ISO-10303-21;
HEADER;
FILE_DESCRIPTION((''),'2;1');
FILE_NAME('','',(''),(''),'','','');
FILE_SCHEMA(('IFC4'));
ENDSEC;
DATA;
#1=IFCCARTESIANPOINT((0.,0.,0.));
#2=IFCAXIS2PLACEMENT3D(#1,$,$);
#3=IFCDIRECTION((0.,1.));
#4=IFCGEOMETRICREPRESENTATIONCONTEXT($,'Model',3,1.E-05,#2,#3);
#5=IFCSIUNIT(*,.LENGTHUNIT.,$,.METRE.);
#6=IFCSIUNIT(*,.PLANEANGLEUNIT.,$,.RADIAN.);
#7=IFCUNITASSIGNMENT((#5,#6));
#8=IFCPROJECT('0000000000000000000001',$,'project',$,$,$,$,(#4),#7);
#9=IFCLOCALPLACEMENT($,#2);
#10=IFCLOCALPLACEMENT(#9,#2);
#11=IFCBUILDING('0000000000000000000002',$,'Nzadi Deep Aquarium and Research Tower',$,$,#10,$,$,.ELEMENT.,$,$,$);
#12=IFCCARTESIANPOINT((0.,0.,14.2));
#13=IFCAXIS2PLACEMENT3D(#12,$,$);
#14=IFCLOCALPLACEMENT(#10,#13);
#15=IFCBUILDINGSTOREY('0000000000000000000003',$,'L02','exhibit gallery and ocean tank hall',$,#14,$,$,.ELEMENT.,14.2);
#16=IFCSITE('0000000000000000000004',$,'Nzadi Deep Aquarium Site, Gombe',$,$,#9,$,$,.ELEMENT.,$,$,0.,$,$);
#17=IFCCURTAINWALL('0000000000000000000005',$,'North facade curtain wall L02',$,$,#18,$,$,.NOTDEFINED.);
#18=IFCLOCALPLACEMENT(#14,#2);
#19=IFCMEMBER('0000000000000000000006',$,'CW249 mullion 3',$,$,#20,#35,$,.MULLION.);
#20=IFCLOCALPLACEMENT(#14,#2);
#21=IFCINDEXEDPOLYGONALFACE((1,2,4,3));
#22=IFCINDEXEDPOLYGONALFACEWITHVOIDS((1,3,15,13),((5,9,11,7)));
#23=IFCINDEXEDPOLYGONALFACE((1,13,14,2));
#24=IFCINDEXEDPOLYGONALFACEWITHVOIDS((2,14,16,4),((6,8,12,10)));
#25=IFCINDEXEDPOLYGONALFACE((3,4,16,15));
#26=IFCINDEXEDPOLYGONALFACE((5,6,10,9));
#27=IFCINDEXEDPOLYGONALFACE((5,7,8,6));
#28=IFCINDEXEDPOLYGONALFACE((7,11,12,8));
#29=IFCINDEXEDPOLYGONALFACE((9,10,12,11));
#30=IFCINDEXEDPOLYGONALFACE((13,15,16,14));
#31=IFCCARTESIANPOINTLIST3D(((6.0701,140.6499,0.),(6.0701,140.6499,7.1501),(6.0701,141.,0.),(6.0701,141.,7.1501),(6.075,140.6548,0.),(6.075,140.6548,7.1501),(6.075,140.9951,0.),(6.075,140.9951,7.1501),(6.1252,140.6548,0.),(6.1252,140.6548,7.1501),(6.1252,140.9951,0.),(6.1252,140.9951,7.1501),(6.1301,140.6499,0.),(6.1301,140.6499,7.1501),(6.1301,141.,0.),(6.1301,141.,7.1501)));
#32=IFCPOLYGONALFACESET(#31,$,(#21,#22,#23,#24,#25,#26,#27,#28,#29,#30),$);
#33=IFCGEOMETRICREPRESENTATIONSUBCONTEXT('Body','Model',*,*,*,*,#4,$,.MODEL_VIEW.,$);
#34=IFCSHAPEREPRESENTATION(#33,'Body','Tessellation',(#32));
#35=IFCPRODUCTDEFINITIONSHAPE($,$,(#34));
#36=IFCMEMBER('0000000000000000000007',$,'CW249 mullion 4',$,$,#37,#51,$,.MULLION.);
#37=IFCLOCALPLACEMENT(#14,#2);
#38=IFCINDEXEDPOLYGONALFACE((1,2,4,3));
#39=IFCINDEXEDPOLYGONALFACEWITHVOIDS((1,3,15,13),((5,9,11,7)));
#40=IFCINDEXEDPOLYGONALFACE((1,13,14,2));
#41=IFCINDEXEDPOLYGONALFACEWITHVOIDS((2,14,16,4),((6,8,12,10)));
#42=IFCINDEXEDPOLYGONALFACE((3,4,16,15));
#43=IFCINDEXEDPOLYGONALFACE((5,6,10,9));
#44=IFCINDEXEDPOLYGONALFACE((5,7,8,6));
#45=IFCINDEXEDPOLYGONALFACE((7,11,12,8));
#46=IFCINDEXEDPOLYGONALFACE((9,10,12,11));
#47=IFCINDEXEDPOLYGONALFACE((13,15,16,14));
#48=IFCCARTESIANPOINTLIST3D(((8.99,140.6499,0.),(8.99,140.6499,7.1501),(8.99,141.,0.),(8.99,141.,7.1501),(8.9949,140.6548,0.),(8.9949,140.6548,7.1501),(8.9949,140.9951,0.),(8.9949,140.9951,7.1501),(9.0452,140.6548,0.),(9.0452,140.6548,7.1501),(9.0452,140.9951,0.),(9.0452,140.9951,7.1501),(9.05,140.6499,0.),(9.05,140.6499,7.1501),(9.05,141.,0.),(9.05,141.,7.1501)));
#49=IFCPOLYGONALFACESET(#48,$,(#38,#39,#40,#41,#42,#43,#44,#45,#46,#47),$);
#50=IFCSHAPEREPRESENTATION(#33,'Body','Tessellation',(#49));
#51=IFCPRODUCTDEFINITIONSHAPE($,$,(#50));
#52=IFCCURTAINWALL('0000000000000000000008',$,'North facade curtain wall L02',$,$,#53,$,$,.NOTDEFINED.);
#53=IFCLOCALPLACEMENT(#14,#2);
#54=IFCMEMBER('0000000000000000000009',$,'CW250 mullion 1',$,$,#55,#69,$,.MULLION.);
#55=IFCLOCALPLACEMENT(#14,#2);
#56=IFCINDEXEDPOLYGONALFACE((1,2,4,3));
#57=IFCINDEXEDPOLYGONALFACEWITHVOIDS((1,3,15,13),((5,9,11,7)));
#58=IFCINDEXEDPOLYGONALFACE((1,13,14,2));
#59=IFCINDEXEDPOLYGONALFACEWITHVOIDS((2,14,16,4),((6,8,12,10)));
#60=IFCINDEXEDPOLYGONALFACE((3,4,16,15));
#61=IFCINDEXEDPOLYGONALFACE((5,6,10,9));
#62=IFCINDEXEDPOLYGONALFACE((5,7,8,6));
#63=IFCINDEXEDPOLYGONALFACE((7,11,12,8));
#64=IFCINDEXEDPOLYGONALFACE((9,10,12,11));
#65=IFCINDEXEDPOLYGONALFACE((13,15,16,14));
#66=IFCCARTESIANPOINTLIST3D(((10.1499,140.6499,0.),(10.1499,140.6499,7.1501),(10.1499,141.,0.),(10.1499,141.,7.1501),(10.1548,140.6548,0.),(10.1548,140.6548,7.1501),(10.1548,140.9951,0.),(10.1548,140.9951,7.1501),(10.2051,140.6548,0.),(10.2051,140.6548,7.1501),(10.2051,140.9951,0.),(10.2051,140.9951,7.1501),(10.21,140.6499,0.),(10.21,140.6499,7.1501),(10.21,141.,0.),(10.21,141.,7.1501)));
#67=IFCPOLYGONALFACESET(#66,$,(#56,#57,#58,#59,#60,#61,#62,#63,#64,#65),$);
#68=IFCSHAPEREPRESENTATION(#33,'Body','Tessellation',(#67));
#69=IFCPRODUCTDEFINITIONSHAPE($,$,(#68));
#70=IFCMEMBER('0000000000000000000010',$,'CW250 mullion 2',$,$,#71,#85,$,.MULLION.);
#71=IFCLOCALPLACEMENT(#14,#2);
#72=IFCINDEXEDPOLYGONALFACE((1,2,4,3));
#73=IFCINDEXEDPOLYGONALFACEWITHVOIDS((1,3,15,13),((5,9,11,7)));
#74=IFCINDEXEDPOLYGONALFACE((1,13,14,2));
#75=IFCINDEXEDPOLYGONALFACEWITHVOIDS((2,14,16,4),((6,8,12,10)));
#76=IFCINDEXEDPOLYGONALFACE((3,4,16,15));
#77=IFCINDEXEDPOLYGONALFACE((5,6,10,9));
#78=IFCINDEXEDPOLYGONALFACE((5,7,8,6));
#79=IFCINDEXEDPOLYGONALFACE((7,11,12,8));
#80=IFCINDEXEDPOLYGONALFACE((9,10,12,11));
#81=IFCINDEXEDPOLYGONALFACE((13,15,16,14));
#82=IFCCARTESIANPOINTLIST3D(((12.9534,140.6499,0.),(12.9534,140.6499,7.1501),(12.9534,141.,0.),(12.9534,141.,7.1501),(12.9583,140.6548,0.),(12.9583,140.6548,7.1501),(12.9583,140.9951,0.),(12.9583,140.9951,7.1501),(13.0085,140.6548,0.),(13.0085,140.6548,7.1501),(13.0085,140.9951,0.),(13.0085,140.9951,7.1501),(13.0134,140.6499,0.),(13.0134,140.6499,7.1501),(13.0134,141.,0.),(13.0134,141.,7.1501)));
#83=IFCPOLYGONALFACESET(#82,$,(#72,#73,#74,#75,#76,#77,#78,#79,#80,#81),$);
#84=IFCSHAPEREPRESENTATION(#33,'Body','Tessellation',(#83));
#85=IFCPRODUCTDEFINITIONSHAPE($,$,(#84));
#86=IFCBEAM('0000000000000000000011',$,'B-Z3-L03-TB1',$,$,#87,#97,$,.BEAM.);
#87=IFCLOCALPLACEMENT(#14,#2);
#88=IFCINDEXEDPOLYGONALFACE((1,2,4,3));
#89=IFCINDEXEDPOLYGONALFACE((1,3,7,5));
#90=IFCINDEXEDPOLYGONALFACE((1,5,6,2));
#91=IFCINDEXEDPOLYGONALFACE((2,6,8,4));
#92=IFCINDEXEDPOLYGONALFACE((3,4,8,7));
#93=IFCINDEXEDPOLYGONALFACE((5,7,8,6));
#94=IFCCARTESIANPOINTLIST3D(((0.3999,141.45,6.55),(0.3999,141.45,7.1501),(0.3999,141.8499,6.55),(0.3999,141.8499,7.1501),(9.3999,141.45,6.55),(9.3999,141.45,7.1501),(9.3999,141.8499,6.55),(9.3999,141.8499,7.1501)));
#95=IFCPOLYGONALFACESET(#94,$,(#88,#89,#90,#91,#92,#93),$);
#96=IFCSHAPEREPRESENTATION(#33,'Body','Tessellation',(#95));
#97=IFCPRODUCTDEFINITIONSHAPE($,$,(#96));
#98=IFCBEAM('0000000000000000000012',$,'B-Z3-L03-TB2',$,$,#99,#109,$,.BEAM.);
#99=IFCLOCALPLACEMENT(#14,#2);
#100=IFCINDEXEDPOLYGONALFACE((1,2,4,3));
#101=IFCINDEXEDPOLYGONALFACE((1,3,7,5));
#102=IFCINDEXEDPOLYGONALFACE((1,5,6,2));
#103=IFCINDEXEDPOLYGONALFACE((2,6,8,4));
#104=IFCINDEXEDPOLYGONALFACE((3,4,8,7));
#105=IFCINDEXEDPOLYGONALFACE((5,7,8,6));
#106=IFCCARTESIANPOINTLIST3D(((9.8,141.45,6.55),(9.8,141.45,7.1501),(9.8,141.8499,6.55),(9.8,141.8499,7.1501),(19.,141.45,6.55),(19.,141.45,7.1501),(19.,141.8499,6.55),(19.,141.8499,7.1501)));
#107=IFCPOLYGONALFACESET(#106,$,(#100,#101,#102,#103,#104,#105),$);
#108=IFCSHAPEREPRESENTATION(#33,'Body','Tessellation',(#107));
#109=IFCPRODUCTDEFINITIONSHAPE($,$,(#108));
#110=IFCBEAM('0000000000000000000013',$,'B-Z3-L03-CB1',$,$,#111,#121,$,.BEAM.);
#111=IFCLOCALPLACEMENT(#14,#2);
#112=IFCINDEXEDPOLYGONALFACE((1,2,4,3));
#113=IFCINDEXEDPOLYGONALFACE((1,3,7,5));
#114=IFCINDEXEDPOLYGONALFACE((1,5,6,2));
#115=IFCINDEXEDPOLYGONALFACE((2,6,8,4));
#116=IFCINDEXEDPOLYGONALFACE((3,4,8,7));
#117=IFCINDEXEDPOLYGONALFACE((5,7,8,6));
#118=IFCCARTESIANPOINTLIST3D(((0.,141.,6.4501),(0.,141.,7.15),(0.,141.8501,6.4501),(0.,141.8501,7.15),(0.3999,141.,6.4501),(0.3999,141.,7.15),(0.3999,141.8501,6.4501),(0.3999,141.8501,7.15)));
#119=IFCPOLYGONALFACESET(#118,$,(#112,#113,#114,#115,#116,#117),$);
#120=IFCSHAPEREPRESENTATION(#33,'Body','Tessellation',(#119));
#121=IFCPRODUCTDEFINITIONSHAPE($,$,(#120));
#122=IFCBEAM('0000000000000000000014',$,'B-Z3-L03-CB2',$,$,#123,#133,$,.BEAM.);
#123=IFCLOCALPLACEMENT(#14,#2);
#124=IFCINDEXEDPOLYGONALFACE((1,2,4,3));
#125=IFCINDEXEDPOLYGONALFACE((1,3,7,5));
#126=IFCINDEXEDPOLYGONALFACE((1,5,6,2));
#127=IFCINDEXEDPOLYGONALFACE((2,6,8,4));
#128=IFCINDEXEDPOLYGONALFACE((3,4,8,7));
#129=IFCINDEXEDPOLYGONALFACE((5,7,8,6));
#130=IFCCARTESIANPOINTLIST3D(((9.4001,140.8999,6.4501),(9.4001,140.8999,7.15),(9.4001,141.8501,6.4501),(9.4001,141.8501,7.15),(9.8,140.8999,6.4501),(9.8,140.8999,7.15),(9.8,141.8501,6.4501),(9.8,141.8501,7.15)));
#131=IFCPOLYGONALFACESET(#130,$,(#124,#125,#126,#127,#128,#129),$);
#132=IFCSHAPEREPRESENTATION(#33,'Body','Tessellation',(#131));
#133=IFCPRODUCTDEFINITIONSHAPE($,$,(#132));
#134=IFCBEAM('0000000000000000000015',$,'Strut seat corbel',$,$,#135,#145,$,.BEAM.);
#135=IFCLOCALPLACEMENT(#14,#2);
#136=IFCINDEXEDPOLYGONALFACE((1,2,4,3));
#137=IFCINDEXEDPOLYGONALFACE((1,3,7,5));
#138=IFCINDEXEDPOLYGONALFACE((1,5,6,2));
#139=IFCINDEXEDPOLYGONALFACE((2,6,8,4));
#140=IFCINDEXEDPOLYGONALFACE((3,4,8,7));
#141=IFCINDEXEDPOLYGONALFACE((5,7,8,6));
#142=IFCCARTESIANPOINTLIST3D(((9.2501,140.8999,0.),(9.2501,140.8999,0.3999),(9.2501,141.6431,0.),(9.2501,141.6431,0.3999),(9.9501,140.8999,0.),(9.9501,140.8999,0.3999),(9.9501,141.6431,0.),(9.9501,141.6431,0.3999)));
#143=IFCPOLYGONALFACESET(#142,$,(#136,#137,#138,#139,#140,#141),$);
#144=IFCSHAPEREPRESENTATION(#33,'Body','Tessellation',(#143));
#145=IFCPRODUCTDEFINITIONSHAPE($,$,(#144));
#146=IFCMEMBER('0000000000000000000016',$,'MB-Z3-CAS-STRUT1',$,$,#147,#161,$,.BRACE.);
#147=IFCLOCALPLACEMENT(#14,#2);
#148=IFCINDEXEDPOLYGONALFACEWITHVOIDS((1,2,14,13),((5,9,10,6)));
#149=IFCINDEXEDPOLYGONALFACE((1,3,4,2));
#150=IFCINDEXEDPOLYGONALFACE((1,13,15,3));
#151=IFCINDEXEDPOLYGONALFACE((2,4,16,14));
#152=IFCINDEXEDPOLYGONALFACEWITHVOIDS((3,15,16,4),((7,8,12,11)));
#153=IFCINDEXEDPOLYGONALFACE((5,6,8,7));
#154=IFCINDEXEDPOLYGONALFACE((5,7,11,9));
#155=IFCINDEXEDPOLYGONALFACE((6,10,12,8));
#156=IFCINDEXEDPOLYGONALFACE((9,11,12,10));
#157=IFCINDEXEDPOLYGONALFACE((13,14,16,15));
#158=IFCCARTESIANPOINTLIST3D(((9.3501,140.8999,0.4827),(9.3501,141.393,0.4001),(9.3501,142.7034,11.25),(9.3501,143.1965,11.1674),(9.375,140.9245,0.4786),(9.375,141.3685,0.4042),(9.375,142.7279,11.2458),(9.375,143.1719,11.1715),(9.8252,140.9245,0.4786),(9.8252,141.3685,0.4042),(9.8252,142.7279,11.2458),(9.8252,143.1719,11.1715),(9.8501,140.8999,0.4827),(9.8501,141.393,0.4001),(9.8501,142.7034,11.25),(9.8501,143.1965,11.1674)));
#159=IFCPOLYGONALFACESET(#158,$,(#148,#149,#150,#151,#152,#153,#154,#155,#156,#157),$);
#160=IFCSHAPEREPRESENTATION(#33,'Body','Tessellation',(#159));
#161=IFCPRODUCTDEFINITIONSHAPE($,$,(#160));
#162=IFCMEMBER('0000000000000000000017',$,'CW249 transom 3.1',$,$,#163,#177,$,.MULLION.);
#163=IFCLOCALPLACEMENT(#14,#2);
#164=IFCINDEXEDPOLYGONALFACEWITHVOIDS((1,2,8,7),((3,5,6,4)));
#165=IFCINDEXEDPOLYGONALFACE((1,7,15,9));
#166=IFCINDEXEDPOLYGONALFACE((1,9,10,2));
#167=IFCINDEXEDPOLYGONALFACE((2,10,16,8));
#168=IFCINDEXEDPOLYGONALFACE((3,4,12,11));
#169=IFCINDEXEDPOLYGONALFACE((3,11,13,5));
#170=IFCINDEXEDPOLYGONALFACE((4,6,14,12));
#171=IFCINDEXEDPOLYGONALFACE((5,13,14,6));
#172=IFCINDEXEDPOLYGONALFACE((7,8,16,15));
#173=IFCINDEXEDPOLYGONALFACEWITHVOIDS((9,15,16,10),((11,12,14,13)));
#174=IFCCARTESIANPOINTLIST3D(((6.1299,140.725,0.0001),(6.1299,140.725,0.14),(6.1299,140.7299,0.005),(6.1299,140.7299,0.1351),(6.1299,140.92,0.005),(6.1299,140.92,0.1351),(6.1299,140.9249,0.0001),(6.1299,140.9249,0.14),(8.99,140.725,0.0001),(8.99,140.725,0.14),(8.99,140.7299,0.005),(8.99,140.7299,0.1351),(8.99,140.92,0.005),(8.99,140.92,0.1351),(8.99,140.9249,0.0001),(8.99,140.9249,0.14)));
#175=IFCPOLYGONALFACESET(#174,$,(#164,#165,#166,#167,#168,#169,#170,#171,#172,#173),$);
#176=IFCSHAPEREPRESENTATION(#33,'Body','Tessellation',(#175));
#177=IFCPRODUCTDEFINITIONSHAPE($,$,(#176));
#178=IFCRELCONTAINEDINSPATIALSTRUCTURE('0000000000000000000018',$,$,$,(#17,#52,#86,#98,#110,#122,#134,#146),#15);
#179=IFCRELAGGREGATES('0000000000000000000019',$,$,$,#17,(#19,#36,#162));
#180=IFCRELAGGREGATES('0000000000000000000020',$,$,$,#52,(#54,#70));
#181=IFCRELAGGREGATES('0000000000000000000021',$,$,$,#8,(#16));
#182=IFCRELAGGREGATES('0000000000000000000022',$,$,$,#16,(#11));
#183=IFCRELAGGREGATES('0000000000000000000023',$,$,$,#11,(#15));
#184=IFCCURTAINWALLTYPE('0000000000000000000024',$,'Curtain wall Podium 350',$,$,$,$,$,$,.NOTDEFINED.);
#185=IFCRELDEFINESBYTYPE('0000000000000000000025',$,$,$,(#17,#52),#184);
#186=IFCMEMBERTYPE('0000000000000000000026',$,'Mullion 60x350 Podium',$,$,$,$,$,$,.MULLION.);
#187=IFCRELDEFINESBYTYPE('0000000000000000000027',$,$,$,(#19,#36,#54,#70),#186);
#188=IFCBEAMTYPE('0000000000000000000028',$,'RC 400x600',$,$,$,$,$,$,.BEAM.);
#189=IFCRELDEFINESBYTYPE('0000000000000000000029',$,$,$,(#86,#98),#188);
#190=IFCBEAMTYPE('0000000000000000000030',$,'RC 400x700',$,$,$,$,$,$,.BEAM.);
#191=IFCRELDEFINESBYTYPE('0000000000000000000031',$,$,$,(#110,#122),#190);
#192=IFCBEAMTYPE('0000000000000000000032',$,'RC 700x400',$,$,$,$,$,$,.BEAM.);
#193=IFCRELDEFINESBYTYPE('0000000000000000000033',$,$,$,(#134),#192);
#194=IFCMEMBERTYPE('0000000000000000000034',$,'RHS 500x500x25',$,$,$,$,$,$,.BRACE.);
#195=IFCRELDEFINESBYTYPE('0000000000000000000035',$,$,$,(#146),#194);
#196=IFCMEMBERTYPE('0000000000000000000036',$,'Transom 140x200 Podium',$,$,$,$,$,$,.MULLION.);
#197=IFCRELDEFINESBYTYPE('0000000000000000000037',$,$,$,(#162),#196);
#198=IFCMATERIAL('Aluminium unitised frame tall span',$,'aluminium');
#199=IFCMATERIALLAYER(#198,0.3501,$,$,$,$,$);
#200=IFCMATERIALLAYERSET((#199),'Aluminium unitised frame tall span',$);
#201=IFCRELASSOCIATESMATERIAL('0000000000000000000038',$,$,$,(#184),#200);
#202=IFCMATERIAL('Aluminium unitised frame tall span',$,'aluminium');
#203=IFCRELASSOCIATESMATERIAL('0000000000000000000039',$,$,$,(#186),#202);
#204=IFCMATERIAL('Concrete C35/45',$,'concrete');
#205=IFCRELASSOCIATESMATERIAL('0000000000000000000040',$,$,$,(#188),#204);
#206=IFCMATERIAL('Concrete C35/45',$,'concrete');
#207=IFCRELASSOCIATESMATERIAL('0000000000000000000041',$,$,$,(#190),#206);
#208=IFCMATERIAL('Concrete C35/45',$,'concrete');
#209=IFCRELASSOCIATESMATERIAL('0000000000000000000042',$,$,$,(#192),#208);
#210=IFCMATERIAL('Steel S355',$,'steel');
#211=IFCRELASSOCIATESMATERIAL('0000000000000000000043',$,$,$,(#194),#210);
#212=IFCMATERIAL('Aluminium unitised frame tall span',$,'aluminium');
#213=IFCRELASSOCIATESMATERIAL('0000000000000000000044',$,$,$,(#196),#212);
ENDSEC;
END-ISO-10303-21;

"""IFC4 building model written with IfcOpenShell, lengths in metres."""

from ifc_helpers import new_model, si_unit, direction, frame, origin, origin_2d, place, context, subcontext, project, spatial, rectangle, hollow_rectangle, extrude, material, layer, layer_set, material_profile, profile_set, type_object, element, aggregate, save


model = new_model("IFC4")

# Units and contexts
model_context = context("Model", 3, precision=1e-05, world=origin(), true_north=direction((0.0, 1.0)))
body_context = subcontext(model_context, "Body", "Model", "MODEL_VIEW")
ifc_project = project(units=[si_unit("LENGTHUNIT", "METRE"), si_unit("PLANEANGLEUNIT", "RADIAN")], contexts=[model_context])

# Site, building, storey
site_placement = place(None, origin())
site = spatial("IfcSite", under=ifc_project, at=site_placement, Name="Nzadi Deep Aquarium Site, Gombe", CompositionType="ELEMENT", RefElevation=0.0)
building_placement = place(site_placement, origin())
building = spatial("IfcBuilding", under=site, at=building_placement, Name="Nzadi Deep Aquarium and Research Tower", CompositionType="ELEMENT")
storey_placement = place(building_placement, frame((0.0, 0.0, 14.2)))
storey = spatial("IfcBuildingStorey", under=building, at=storey_placement, Name="L02", Description="exhibit gallery and ocean tank hall", CompositionType="ELEMENT", Elevation=14.2)

# Curtain walls, members
ifc_material_1 = material(Name="Aluminium unitised frame tall span", Category="aluminium")
ifc_layer_1 = layer(ifc_material_1, 0.3501)
ifc_layer_set_1 = layer_set([ifc_layer_1], Name="Aluminium unitised frame tall span")
curtain_wall_type = type_object("IfcCurtainWallType", Name="Curtain wall Podium 350", PredefinedType="NOTDEFINED", material=ifc_layer_set_1)
curtain_wall_1_placement = place(storey_placement, origin())
curtain_wall_1 = element("IfcCurtainWall", 1, at=curtain_wall_1_placement, inside=storey, type_object=curtain_wall_type, Name="North facade curtain wall L02", PredefinedType="NOTDEFINED")
ifc_material_2 = material(Name="Aluminium unitised frame tall span", Category="aluminium")
ifc_material_profile_1 = material_profile(ifc_material_2, hollow_rectangle(XDim=0.3501, YDim=0.0601, WallThickness=0.0049, at=origin_2d()))
ifc_profile_set_1 = profile_set([ifc_material_profile_1], Name="Aluminium unitised frame tall span")
member_type_1 = type_object("IfcMemberType", Name="Mullion 60x350 Podium", PredefinedType="MULLION", material=ifc_profile_set_1)
member_1_placement = place(storey_placement, frame((6.1001, 140.825, 0.0), z_axis=(0.0, 0.0, 1.0), x_axis=(0.0, 1.0, 0.0)))
member_1 = element("IfcMember", 2, at=member_1_placement, type_object=member_type_1, Name="CW249 mullion 3", PredefinedType="MULLION", context=body_context, shape_type="SweptSolid", body=[
    extrude(hollow_rectangle(XDim=0.3501, YDim=0.0601, WallThickness=0.0049, at=origin_2d()), origin(), (0.0, 0.0, 1.0), 7.1501),
])
member_2_placement = place(storey_placement, frame((9.02, 140.825, 0.0), z_axis=(0.0, 0.0, 1.0), x_axis=(0.0, 1.0, 0.0)))
member_2 = element("IfcMember", 3, at=member_2_placement, type_object=member_type_1, Name="CW249 mullion 4", PredefinedType="MULLION", context=body_context, shape_type="SweptSolid", body=[
    extrude(hollow_rectangle(XDim=0.3501, YDim=0.0601, WallThickness=0.0049, at=origin_2d()), origin(), (0.0, 0.0, 1.0), 7.1501),
])
curtain_wall_2_placement = place(storey_placement, origin())
curtain_wall_2 = element("IfcCurtainWall", 4, at=curtain_wall_2_placement, inside=storey, type_object=curtain_wall_type, Name="North facade curtain wall L02", PredefinedType="NOTDEFINED")
member_3_placement = place(storey_placement, frame((10.1799, 140.825, 0.0), z_axis=(0.0, 0.0, 1.0), x_axis=(0.0, 1.0, 0.0)))
member_3 = element("IfcMember", 5, at=member_3_placement, type_object=member_type_1, Name="CW250 mullion 1", PredefinedType="MULLION", context=body_context, shape_type="SweptSolid", body=[
    extrude(hollow_rectangle(XDim=0.3501, YDim=0.0601, WallThickness=0.0049, at=origin_2d()), origin(), (0.0, 0.0, 1.0), 7.1501),
])
member_4_placement = place(storey_placement, frame((12.9834, 140.825, 0.0), z_axis=(0.0, 0.0, 1.0), x_axis=(0.0, 1.0, 0.0)))
member_4 = element("IfcMember", 6, at=member_4_placement, type_object=member_type_1, Name="CW250 mullion 2", PredefinedType="MULLION", context=body_context, shape_type="SweptSolid", body=[
    extrude(hollow_rectangle(XDim=0.3501, YDim=0.0601, WallThickness=0.0049, at=origin_2d()), origin(), (0.0, 0.0, 1.0), 7.1501),
])

# Beams
ifc_material_3 = material(Name="Concrete C35/45", Category="concrete")
ifc_material_profile_2 = material_profile(ifc_material_3, rectangle(XDim=0.3999, YDim=0.6001, at=origin_2d()))
ifc_profile_set_2 = profile_set([ifc_material_profile_2], Name="Concrete C35/45")
beam_type_1 = type_object("IfcBeamType", Name="RC 400x600", PredefinedType="BEAM", material=ifc_profile_set_2)
beam_1_placement = place(storey_placement, frame((0.3999, 141.6499, 6.8501), z_axis=(1.0, 0.0, 0.0), x_axis=(0.0, 1.0, 0.0)))
element("IfcBeam", 7, at=beam_1_placement, inside=storey, type_object=beam_type_1, Name="B-Z3-L03-TB1", PredefinedType="BEAM", context=body_context, shape_type="SweptSolid", body=[
    extrude(rectangle(XDim=0.3999, YDim=0.6001, at=origin_2d()), origin(), (0.0, 0.0, 1.0), 9.0),
])
beam_2_placement = place(storey_placement, frame((9.8, 141.6499, 6.8501), z_axis=(1.0, 0.0, 0.0), x_axis=(0.0, 1.0, 0.0)))
element("IfcBeam", 8, at=beam_2_placement, inside=storey, type_object=beam_type_1, Name="B-Z3-L03-TB2", PredefinedType="BEAM", context=body_context, shape_type="SweptSolid", body=[
    extrude(rectangle(XDim=0.3999, YDim=0.6001, at=origin_2d()), origin(), (0.0, 0.0, 1.0), 9.2),
])
ifc_material_4 = material(Name="Concrete C35/45", Category="concrete")
ifc_material_profile_3 = material_profile(ifc_material_4, rectangle(XDim=0.3999, YDim=0.7, at=origin_2d()))
ifc_profile_set_3 = profile_set([ifc_material_profile_3], Name="Concrete C35/45")
beam_type_2 = type_object("IfcBeamType", Name="RC 400x700", PredefinedType="BEAM", material=ifc_profile_set_3)
beam_3_placement = place(storey_placement, frame((0.2, 141.0, 6.8), z_axis=(0.0, 1.0, 0.0), x_axis=(-1.0, 0.0, 0.0)))
element("IfcBeam", 9, at=beam_3_placement, inside=storey, type_object=beam_type_2, Name="B-Z3-L03-CB1", PredefinedType="BEAM", context=body_context, shape_type="SweptSolid", body=[
    extrude(rectangle(XDim=0.3999, YDim=0.7, at=origin_2d()), origin(), (0.0, 0.0, 1.0), 0.8501),
])
beam_4_placement = place(storey_placement, frame((9.6001, 140.8999, 6.8), z_axis=(0.0, 1.0, 0.0), x_axis=(-1.0, 0.0, 0.0)))
element("IfcBeam", 10, at=beam_4_placement, inside=storey, type_object=beam_type_2, Name="B-Z3-L03-CB2", PredefinedType="BEAM", context=body_context, shape_type="SweptSolid", body=[
    extrude(rectangle(XDim=0.3999, YDim=0.7, at=origin_2d()), origin(), (0.0, 0.0, 1.0), 0.9502),
])
ifc_material_5 = material(Name="Concrete C35/45", Category="concrete")
ifc_material_profile_4 = material_profile(ifc_material_5, rectangle(XDim=0.7, YDim=0.3999, at=origin_2d()))
ifc_profile_set_4 = profile_set([ifc_material_profile_4], Name="Concrete C35/45")
beam_type_3 = type_object("IfcBeamType", Name="RC 700x400", PredefinedType="BEAM", material=ifc_profile_set_4)
beam_5_placement = place(storey_placement, frame((9.6001, 140.8999, 0.2), z_axis=(0.0, 1.0, 0.0), x_axis=(-1.0, 0.0, 0.0)))
element("IfcBeam", 11, at=beam_5_placement, inside=storey, type_object=beam_type_3, Name="Strut seat corbel", PredefinedType="BEAM", context=body_context, shape_type="SweptSolid", body=[
    extrude(rectangle(XDim=0.7, YDim=0.3999, at=origin_2d()), origin(), (0.0, 0.0, 1.0), 0.7432),
])

# Members
ifc_material_6 = material(Name="Steel S355", Category="steel")
ifc_material_profile_5 = material_profile(ifc_material_6, hollow_rectangle(XDim=0.5, YDim=0.5, WallThickness=0.0249, at=origin_2d()))
ifc_profile_set_5 = profile_set([ifc_material_profile_5], Name="Steel S355")
member_type_2 = type_object("IfcMemberType", Name="RHS 500x500x25", PredefinedType="BRACE", material=ifc_profile_set_5)
member_5_placement = place(storey_placement, frame((9.6001, 141.1465, 0.4414), z_axis=(0.0, 0.165193, 0.986261), x_axis=(-1.0, 0.0, 0.0)))
element("IfcMember", 12, at=member_5_placement, inside=storey, type_object=member_type_2, Name="MB-Z3-CAS-STRUT1", PredefinedType="BRACE", context=body_context, shape_type="SweptSolid", body=[
    extrude(hollow_rectangle(XDim=0.5, YDim=0.5, WallThickness=0.0249, at=origin_2d()), origin(), (0.0, 0.0, 1.0), 10.9172),
])
ifc_material_7 = material(Name="Aluminium unitised frame tall span", Category="aluminium")
ifc_material_profile_6 = material_profile(ifc_material_7, hollow_rectangle(XDim=0.2, YDim=0.1399, WallThickness=0.0049, at=origin_2d()))
ifc_profile_set_6 = profile_set([ifc_material_profile_6], Name="Aluminium unitised frame tall span")
member_type_3 = type_object("IfcMemberType", Name="Transom 140x200 Podium", PredefinedType="MULLION", material=ifc_profile_set_6)
member_6_placement = place(storey_placement, frame((6.1299, 140.825, 0.0701), z_axis=(1.0, 0.0, 0.0), x_axis=(0.0, 1.0, 0.0)))
member_6 = element("IfcMember", 13, at=member_6_placement, type_object=member_type_3, Name="CW249 transom 3.1", PredefinedType="MULLION", context=body_context, shape_type="SweptSolid", body=[
    extrude(hollow_rectangle(XDim=0.2, YDim=0.1399, WallThickness=0.0049, at=origin_2d()), origin(), (0.0, 0.0, 1.0), 2.8601),
])

aggregate(curtain_wall_1, [member_1, member_2, member_6])
aggregate(curtain_wall_2, [member_3, member_4])

save(model, "model.ifc")
